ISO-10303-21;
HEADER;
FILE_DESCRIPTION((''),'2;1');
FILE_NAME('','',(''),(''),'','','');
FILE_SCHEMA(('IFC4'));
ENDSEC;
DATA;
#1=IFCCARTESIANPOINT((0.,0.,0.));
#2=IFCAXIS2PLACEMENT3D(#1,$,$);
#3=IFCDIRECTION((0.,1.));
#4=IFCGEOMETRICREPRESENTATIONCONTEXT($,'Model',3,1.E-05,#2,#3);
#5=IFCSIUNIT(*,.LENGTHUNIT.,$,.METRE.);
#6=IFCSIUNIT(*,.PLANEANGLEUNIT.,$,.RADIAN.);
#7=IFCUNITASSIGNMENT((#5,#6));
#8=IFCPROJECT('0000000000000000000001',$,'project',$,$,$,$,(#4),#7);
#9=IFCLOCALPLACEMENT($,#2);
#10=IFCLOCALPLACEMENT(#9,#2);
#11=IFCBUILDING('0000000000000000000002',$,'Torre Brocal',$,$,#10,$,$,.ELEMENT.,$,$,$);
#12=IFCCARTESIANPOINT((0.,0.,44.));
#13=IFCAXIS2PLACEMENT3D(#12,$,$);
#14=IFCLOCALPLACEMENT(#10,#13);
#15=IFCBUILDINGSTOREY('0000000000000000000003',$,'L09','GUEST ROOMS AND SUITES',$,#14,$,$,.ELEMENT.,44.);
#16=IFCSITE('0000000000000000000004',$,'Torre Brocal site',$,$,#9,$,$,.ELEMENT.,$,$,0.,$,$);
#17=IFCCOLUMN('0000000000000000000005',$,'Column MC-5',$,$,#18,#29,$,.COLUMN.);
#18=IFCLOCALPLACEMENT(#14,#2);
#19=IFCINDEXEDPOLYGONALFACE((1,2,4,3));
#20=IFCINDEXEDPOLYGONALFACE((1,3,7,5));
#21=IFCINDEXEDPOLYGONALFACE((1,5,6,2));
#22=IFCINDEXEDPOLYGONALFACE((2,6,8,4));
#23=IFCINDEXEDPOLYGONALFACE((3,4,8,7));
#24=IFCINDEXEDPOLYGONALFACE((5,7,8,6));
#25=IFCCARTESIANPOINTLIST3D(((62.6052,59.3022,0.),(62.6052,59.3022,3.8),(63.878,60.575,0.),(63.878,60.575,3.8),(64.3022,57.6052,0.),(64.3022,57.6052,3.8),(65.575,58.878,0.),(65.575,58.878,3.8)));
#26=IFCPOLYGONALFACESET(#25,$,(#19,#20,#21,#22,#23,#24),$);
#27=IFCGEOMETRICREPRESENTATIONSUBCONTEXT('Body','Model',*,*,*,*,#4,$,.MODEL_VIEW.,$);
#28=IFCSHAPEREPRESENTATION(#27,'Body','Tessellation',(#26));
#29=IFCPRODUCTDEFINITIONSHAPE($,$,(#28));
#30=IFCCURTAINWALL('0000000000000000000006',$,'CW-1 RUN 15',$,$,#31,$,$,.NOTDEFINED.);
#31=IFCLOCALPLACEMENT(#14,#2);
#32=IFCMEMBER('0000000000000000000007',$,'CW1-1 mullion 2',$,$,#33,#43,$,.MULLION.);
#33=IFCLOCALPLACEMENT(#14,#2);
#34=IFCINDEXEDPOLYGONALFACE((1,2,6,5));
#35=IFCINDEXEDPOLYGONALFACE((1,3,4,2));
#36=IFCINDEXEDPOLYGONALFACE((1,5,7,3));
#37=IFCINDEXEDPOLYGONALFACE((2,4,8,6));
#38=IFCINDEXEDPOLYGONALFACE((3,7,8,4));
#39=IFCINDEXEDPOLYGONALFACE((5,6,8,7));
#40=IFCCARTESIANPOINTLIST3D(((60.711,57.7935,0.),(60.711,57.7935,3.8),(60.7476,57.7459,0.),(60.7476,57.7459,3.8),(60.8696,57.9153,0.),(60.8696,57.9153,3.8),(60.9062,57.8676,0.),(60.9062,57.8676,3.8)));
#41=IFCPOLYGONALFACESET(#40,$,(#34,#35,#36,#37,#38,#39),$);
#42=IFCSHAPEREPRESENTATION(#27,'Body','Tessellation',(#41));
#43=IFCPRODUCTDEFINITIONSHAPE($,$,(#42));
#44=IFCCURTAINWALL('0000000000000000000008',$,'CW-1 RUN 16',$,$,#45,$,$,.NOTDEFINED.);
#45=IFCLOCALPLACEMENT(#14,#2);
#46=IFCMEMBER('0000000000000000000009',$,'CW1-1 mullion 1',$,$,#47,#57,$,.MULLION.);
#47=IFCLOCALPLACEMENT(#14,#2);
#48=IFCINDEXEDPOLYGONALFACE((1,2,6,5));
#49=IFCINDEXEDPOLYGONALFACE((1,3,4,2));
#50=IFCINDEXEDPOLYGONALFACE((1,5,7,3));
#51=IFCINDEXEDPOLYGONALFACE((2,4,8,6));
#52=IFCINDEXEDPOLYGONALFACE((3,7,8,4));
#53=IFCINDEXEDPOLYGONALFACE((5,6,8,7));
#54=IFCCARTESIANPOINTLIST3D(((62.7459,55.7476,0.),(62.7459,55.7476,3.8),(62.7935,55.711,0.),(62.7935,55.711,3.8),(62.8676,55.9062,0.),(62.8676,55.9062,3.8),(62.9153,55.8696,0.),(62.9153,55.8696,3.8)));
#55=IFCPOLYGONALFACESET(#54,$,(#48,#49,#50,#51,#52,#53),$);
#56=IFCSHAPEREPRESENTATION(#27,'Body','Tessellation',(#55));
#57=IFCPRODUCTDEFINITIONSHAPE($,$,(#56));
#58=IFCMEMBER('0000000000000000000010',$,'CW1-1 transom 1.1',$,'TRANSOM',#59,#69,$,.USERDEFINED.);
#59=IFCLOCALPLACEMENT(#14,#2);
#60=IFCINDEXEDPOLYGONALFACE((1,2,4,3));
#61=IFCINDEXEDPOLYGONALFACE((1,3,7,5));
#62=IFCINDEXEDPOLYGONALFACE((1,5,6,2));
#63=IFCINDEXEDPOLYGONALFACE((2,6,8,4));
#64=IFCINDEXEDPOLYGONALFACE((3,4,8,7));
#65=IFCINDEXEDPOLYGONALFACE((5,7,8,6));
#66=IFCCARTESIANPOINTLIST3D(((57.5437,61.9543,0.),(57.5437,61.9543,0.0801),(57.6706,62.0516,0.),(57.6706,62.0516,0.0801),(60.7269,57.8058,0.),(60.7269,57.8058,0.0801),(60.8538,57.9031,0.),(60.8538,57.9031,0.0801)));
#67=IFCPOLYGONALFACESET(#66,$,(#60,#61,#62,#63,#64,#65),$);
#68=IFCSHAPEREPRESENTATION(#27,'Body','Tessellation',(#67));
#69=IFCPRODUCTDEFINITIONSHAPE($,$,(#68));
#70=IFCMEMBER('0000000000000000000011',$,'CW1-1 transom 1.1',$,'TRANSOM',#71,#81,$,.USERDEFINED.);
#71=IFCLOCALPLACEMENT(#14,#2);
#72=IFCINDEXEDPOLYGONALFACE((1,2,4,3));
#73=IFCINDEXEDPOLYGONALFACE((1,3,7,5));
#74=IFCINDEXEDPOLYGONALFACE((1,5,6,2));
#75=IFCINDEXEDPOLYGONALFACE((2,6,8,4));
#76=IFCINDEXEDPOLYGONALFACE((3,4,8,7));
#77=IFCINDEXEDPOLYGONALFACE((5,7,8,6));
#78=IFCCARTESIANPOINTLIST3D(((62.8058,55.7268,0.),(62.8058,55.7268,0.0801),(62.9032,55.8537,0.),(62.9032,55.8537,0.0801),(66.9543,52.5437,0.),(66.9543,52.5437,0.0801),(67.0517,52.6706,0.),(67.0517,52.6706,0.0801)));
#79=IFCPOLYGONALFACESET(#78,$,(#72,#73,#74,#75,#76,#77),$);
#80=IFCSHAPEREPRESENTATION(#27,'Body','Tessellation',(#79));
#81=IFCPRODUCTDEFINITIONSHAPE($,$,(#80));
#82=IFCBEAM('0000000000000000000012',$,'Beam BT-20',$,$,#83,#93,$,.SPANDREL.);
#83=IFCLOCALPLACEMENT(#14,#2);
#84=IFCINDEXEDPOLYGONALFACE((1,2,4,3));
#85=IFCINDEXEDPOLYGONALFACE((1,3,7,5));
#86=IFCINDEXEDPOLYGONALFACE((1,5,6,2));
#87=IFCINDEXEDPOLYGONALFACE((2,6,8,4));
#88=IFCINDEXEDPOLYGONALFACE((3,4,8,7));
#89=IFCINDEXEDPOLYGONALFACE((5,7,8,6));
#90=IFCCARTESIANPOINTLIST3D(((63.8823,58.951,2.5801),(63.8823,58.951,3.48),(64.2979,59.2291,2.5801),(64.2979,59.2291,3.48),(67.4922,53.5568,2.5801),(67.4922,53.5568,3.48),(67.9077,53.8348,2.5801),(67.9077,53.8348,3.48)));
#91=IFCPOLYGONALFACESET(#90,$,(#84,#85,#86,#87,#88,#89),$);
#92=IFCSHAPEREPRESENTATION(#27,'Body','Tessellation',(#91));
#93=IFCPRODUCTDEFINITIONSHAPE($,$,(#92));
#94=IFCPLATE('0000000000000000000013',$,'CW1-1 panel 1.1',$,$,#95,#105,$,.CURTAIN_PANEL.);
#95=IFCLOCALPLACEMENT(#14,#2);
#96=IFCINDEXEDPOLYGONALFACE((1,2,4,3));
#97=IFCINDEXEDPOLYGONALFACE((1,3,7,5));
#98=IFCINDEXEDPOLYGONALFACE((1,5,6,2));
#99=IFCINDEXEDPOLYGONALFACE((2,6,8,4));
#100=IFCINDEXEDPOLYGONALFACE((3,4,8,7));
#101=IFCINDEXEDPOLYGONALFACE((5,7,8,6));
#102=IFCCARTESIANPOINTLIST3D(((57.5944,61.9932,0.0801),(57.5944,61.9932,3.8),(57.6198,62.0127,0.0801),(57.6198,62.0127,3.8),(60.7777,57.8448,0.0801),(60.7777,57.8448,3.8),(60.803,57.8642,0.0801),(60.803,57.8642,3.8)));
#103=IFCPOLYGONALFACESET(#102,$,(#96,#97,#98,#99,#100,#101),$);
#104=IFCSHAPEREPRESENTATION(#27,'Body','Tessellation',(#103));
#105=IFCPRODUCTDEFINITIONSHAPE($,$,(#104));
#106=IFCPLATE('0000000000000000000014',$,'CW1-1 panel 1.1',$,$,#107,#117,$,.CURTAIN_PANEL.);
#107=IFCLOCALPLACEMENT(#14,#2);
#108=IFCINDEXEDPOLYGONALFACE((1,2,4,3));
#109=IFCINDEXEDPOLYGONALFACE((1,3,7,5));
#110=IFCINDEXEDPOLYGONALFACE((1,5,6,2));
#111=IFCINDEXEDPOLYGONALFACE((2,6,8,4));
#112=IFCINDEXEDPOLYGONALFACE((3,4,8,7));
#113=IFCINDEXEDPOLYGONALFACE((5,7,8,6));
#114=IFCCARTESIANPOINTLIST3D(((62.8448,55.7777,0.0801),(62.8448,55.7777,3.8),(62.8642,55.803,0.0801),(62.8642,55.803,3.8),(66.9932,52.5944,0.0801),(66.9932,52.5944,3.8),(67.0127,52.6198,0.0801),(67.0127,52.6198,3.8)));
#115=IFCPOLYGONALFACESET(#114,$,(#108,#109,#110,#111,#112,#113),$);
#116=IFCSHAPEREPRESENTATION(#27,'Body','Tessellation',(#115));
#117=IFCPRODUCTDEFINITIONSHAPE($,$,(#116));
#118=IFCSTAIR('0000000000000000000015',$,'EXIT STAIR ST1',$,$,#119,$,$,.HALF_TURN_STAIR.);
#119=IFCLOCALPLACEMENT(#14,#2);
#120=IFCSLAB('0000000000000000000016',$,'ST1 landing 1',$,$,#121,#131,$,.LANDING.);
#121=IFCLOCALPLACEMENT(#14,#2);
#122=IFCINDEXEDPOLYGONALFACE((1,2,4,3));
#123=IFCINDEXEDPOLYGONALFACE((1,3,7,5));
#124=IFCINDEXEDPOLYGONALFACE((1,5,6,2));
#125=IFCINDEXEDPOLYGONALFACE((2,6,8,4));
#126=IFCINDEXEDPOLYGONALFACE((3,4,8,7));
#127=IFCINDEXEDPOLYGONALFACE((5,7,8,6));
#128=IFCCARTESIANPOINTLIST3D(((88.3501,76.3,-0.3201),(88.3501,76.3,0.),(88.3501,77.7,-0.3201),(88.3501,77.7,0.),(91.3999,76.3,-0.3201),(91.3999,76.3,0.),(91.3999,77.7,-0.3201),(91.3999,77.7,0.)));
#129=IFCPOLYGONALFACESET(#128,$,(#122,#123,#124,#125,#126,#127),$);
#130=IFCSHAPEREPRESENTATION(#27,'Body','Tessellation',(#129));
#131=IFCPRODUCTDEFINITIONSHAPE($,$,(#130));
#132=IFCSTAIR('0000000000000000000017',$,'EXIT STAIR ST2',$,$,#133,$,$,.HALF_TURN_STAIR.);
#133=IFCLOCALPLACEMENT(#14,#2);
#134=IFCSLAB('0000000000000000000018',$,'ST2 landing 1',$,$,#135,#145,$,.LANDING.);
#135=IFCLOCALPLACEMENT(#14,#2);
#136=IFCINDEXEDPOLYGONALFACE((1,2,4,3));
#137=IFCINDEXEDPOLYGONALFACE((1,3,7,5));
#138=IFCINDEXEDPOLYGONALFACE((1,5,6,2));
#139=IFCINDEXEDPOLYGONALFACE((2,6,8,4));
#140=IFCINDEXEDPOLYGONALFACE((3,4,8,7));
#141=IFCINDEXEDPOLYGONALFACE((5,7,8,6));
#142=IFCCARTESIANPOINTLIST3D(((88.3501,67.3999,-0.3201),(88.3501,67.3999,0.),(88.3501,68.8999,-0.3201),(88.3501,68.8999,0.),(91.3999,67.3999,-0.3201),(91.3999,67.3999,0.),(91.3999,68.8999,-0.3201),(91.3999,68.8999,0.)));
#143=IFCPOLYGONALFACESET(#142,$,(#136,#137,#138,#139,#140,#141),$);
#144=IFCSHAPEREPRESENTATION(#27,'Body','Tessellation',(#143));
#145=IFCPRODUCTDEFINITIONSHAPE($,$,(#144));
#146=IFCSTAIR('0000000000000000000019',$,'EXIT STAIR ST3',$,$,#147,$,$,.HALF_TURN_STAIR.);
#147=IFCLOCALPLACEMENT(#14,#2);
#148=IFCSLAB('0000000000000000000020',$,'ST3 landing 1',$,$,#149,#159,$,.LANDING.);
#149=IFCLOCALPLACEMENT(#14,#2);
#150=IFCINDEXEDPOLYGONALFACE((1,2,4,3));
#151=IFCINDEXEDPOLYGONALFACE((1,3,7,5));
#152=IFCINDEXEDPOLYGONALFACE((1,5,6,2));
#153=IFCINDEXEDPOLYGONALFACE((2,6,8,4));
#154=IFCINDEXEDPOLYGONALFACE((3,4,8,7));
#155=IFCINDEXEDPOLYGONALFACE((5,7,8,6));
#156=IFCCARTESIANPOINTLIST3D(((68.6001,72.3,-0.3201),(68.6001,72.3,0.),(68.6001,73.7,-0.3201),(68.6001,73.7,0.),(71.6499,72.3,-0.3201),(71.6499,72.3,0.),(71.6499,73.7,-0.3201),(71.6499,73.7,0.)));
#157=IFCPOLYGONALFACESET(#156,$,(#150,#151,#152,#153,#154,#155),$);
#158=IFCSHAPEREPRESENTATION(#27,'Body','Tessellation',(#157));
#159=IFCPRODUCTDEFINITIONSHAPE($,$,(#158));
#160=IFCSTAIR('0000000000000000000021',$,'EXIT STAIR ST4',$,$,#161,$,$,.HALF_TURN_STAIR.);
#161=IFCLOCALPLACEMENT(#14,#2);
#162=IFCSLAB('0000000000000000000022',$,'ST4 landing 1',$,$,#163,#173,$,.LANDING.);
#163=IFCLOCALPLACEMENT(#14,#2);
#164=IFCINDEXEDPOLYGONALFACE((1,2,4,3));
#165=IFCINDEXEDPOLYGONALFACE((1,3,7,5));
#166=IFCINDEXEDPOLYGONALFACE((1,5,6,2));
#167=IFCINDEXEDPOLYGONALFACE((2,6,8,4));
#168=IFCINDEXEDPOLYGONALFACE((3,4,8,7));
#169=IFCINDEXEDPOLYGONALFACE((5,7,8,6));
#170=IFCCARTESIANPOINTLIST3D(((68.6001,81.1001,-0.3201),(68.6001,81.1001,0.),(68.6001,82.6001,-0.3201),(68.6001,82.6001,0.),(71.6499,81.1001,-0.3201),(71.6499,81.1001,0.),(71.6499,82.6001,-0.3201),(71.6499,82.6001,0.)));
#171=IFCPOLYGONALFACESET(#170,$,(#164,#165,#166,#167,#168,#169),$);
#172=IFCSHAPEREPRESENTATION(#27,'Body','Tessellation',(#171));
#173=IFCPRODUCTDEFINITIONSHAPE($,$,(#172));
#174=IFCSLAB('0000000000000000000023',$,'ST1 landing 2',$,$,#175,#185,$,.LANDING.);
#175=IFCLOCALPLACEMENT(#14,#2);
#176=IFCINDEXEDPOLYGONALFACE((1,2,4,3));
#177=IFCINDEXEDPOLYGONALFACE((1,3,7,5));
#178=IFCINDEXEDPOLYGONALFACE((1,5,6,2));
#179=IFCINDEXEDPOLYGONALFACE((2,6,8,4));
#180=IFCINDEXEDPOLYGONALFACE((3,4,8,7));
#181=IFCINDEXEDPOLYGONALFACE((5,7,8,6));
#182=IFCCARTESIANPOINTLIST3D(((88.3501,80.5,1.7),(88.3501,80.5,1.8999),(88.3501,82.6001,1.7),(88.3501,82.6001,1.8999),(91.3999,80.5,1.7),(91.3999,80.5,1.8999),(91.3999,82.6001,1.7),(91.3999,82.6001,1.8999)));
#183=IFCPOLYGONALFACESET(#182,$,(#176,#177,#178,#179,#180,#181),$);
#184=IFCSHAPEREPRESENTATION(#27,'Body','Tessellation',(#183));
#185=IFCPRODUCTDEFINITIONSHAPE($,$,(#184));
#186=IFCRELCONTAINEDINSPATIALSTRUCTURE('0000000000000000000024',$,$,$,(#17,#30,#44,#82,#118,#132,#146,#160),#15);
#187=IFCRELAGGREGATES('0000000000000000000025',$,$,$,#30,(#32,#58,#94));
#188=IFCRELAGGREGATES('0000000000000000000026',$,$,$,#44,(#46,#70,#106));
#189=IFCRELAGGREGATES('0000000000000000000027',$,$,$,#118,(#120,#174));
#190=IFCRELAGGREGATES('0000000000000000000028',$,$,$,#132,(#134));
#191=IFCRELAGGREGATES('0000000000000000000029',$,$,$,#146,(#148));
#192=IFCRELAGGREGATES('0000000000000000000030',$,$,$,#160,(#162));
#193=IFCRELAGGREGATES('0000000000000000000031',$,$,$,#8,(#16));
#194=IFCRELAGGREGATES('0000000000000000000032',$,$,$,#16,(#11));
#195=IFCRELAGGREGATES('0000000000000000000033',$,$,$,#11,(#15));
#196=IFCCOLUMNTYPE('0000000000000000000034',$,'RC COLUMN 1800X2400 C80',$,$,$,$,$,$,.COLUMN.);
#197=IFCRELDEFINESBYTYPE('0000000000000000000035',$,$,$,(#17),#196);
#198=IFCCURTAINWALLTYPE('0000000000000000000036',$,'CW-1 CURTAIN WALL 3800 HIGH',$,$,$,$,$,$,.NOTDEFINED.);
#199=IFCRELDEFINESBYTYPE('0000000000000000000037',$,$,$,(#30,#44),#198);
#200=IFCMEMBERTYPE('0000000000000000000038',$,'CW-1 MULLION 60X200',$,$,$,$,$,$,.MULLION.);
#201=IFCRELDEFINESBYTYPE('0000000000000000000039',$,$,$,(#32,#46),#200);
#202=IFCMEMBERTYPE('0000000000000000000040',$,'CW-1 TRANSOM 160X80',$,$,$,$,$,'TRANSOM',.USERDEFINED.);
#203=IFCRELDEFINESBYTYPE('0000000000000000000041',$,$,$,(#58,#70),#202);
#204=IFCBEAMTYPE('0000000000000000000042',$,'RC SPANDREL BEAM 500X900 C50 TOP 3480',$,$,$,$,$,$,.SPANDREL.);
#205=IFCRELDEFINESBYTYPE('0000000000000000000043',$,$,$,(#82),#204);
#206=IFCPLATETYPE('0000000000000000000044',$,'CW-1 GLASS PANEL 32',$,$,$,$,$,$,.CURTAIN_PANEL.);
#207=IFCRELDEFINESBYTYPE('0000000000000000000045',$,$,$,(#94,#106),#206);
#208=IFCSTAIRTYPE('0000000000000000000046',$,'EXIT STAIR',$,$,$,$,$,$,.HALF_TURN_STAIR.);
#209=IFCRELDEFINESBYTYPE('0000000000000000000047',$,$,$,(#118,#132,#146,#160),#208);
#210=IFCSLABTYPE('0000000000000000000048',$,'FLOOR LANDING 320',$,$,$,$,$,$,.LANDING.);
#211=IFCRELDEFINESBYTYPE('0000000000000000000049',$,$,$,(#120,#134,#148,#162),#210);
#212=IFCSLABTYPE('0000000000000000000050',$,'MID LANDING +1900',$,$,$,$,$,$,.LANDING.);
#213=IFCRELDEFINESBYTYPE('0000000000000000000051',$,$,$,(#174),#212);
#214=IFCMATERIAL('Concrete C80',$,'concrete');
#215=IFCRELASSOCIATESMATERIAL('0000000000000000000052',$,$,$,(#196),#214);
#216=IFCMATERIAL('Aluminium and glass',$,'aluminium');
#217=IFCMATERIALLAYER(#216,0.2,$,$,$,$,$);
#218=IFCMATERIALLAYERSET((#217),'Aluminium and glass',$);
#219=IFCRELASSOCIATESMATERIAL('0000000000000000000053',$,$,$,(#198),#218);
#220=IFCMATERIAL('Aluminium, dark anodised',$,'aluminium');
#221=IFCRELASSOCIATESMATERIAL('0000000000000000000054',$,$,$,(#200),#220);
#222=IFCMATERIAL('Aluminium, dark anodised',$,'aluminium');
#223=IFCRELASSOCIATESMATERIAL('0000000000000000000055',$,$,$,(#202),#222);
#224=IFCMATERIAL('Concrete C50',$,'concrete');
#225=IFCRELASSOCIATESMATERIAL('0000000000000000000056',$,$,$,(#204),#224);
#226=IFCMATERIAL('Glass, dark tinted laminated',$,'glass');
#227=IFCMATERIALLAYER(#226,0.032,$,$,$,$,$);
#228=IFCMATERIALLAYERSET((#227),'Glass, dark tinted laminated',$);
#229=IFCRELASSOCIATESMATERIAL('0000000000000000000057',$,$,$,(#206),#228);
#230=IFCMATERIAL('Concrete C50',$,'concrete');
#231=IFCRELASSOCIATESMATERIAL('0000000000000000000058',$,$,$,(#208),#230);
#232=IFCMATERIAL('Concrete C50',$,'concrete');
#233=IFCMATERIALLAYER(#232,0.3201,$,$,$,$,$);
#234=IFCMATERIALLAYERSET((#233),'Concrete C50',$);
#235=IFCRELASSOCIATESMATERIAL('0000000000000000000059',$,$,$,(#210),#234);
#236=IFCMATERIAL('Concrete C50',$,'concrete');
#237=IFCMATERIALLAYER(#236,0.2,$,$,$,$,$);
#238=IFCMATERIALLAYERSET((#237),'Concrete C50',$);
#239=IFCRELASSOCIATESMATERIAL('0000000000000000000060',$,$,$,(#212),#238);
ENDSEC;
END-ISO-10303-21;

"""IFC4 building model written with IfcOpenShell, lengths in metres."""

from ifc_helpers import new_model, si_unit, direction, frame, origin, origin_2d, place, context, subcontext, project, spatial, polyline, rectangle, outline, extrude, material, layer, layer_set, material_profile, profile_set, type_object, element, aggregate, save


model = new_model("IFC4")

# Units and contexts
model_context = context("Model", 3, precision=1e-05, world=origin(), true_north=direction((0.0, 1.0)))
body_context = subcontext(model_context, "Body", "Model", "MODEL_VIEW")
ifc_project = project(units=[si_unit("LENGTHUNIT", "METRE"), si_unit("PLANEANGLEUNIT", "RADIAN")], contexts=[model_context])

# Site, building, storey
site_placement = place(None, origin())
site = spatial("IfcSite", under=ifc_project, at=site_placement, Name="Torre Brocal site", CompositionType="ELEMENT", RefElevation=0.0)
building_placement = place(site_placement, origin())
building = spatial("IfcBuilding", under=site, at=building_placement, Name="Torre Brocal", CompositionType="ELEMENT")
storey_placement = place(building_placement, frame((0.0, 0.0, 44.0)))
storey = spatial("IfcBuildingStorey", under=building, at=storey_placement, Name="L09", Description="GUEST ROOMS AND SUITES", CompositionType="ELEMENT", Elevation=44.0)

# Column
ifc_material_1 = material(Name="Concrete C80", Category="concrete")
ifc_material_profile_1 = material_profile(ifc_material_1, rectangle(XDim=1.8, YDim=2.3999, at=origin_2d()), Name="RC 1800X2400")
ifc_profile_set_1 = profile_set([ifc_material_profile_1], Name="Concrete C80")
column_type = type_object("IfcColumnType", Name="RC COLUMN 1800X2400 C80", PredefinedType="COLUMN", material=ifc_profile_set_1)
column_placement = place(storey_placement, frame((64.0901, 59.0901, 0.0), z_axis=(0.0, 0.0, 1.0), x_axis=(-0.707107, -0.707107, 0.0)))
element("IfcColumn", 1, at=column_placement, inside=storey, type_object=column_type, Name="Column MC-5", PredefinedType="COLUMN", context=body_context, shape_type="SweptSolid", body=[
    extrude(rectangle(XDim=1.8, YDim=2.3999, at=origin_2d()), origin(), (0.0, 0.0, 1.0), 3.8),
])

# Curtain walls, members
ifc_material_2 = material(Name="Aluminium and glass", Category="aluminium")
ifc_layer_1 = layer(ifc_material_2, 0.2)
ifc_layer_set_1 = layer_set([ifc_layer_1], Name="Aluminium and glass")
curtain_wall_type = type_object("IfcCurtainWallType", Name="CW-1 CURTAIN WALL 3800 HIGH", PredefinedType="NOTDEFINED", material=ifc_layer_set_1)
curtain_wall_1_placement = place(storey_placement, origin())
curtain_wall_1 = element("IfcCurtainWall", 2, at=curtain_wall_1_placement, inside=storey, type_object=curtain_wall_type, Name="CW-1 RUN 15", PredefinedType="NOTDEFINED")
ifc_material_3 = material(Name="Aluminium, dark anodised", Category="aluminium")
ifc_material_profile_2 = material_profile(ifc_material_3, rectangle(XDim=0.2, YDim=0.0601, at=origin_2d()), Name="CW-1 MULLION 60X200")
ifc_profile_set_2 = profile_set([ifc_material_profile_2], Name="Aluminium, dark anodised")
member_type_1 = type_object("IfcMemberType", Name="CW-1 MULLION 60X200", PredefinedType="MULLION", material=ifc_profile_set_2)
member_1_placement = place(storey_placement, frame((60.8086, 57.8306, 0.0), z_axis=(0.0, 0.0, 1.0), x_axis=(0.793353, 0.608761, 0.0)))
member_1 = element("IfcMember", 3, at=member_1_placement, type_object=member_type_1, Name="CW1-1 mullion 2", PredefinedType="MULLION", context=body_context, shape_type="SweptSolid", body=[
    extrude(rectangle(XDim=0.2, YDim=0.0601, at=origin_2d()), origin(), (0.0, 0.0, 1.0), 3.8),
])
curtain_wall_2_placement = place(storey_placement, origin())
curtain_wall_2 = element("IfcCurtainWall", 4, at=curtain_wall_2_placement, inside=storey, type_object=curtain_wall_type, Name="CW-1 RUN 16", PredefinedType="NOTDEFINED")
member_2_placement = place(storey_placement, frame((62.8306, 55.8086, 0.0), z_axis=(0.0, 0.0, 1.0), x_axis=(0.608761, 0.793353, 0.0)))
member_2 = element("IfcMember", 5, at=member_2_placement, type_object=member_type_1, Name="CW1-1 mullion 1", PredefinedType="MULLION", context=body_context, shape_type="SweptSolid", body=[
    extrude(rectangle(XDim=0.2, YDim=0.0601, at=origin_2d()), origin(), (0.0, 0.0, 1.0), 3.8),
])

# Members
ifc_material_4 = material(Name="Aluminium, dark anodised", Category="aluminium")
ifc_material_profile_3 = material_profile(ifc_material_4, rectangle(XDim=0.1599, YDim=0.0801, at=origin_2d()), Name="CW-1 TRANSOM 160X80")
ifc_profile_set_3 = profile_set([ifc_material_profile_3], Name="Aluminium, dark anodised")
member_type_2 = type_object("IfcMemberType", Name="CW-1 TRANSOM 160X80", ElementType="TRANSOM", PredefinedType="USERDEFINED", material=ifc_profile_set_3)
member_3_placement = place(storey_placement, frame((57.6072, 62.0029, 0.04), z_axis=(0.608749, -0.793363, 0.0), x_axis=(0.793363, 0.608749, 0.0)))
member_3 = element("IfcMember", 6, at=member_3_placement, type_object=member_type_2, Name="CW1-1 transom 1.1", ObjectType="TRANSOM", PredefinedType="USERDEFINED", context=body_context, shape_type="SweptSolid", body=[
    extrude(rectangle(XDim=0.1599, YDim=0.0801, at=origin_2d()), origin(), (0.0, 0.0, 1.0), 5.229),
])
member_4_placement = place(storey_placement, frame((62.8545, 55.7903, 0.04), z_axis=(0.793363, -0.608749, 0.0), x_axis=(0.608749, 0.793363, 0.0)))
member_4 = element("IfcMember", 7, at=member_4_placement, type_object=member_type_2, Name="CW1-1 transom 1.1", ObjectType="TRANSOM", PredefinedType="USERDEFINED", context=body_context, shape_type="SweptSolid", body=[
    extrude(rectangle(XDim=0.1599, YDim=0.0801, at=origin_2d()), origin(), (0.0, 0.0, 1.0), 5.229),
])

# Beam
ifc_material_5 = material(Name="Concrete C50", Category="concrete")
ifc_material_profile_4 = material_profile(ifc_material_5, rectangle(XDim=0.5, YDim=0.8999, at=origin_2d()), Name="RC 500X900")
ifc_profile_set_4 = profile_set([ifc_material_profile_4], Name="Concrete C50")
beam_type = type_object("IfcBeamType", Name="RC SPANDREL BEAM 500X900 C50 TOP 3480", PredefinedType="SPANDREL", material=ifc_profile_set_4)
beam_placement = place(storey_placement, frame((64.0901, 59.0901, 3.03), z_axis=(0.556158, -0.831077, 0.0), x_axis=(0.831077, 0.556158, 0.0)))
element("IfcBeam", 8, at=beam_placement, inside=storey, type_object=beam_type, Name="Beam BT-20", PredefinedType="SPANDREL", context=body_context, shape_type="SweptSolid", body=[
    extrude(rectangle(XDim=0.5, YDim=0.8999, at=origin_2d()), origin(), (0.0, 0.0, 1.0), 6.4907),
])

# Plates
ifc_material_6 = material(Name="Glass, dark tinted laminated", Category="glass")
ifc_layer_2 = layer(ifc_material_6, 0.032)
ifc_layer_set_2 = layer_set([ifc_layer_2], Name="Glass, dark tinted laminated")
plate_type = type_object("IfcPlateType", Name="CW-1 GLASS PANEL 32", PredefinedType="CURTAIN_PANEL", material=ifc_layer_set_2)
plate_1_placement = place(storey_placement, frame((59.1987, 59.9287, 0.0801), z_axis=(0.0, 0.0, 1.0), x_axis=(0.608761, -0.793353, 0.0)))
plate_1 = element("IfcPlate", 9, at=plate_1_placement, type_object=plate_type, Name="CW1-1 panel 1.1", PredefinedType="CURTAIN_PANEL", context=body_context, shape_type="SweptSolid", body=[
    extrude(rectangle(XDim=5.229, YDim=0.032, at=origin_2d()), origin(), (0.0, 0.0, 1.0), 3.72),
])
aggregate(curtain_wall_1, [member_1, member_3, plate_1])
plate_2_placement = place(storey_placement, frame((64.9287, 54.1987, 0.0801), z_axis=(0.0, 0.0, 1.0), x_axis=(0.793353, -0.608761, 0.0)))
plate_2 = element("IfcPlate", 10, at=plate_2_placement, type_object=plate_type, Name="CW1-1 panel 1.1", PredefinedType="CURTAIN_PANEL", context=body_context, shape_type="SweptSolid", body=[
    extrude(rectangle(XDim=5.229, YDim=0.032, at=origin_2d()), origin(), (0.0, 0.0, 1.0), 3.72),
])
aggregate(curtain_wall_2, [member_2, member_4, plate_2])

# Stairs, slabs
ifc_material_7 = material(Name="Concrete C50", Category="concrete")
stair_type = type_object("IfcStairType", Name="EXIT STAIR", PredefinedType="HALF_TURN_STAIR", material=ifc_material_7)
stair_1_placement = place(storey_placement, origin())
stair_1 = element("IfcStair", 11, at=stair_1_placement, inside=storey, type_object=stair_type, Name="EXIT STAIR ST1", PredefinedType="HALF_TURN_STAIR")
ifc_material_8 = material(Name="Concrete C50", Category="concrete")
ifc_layer_3 = layer(ifc_material_8, 0.3201)
ifc_layer_set_3 = layer_set([ifc_layer_3], Name="Concrete C50")
slab_type_1 = type_object("IfcSlabType", Name="FLOOR LANDING 320", PredefinedType="LANDING", material=ifc_layer_set_3)
slab_1_placement = place(storey_placement, frame((0.0, 0.0, -0.3201)))
slab_1 = element("IfcSlab", 12, at=slab_1_placement, type_object=slab_type_1, Name="ST1 landing 1", PredefinedType="LANDING", context=body_context, shape_type="SweptSolid", body=[
    extrude(outline(polyline([(88.3501, 76.3), (91.3999, 76.3), (91.3999, 77.7), (88.3501, 77.7), (88.3501, 76.3)])), origin(), (0.0, 0.0, 1.0), 0.3201),
])
stair_2_placement = place(storey_placement, origin())
stair_2 = element("IfcStair", 13, at=stair_2_placement, inside=storey, type_object=stair_type, Name="EXIT STAIR ST2", PredefinedType="HALF_TURN_STAIR")
slab_2_placement = place(storey_placement, frame((0.0, 0.0, -0.3201)))
slab_2 = element("IfcSlab", 14, at=slab_2_placement, type_object=slab_type_1, Name="ST2 landing 1", PredefinedType="LANDING", context=body_context, shape_type="SweptSolid", body=[
    extrude(outline(polyline([(88.3501, 67.3999), (91.3999, 67.3999), (91.3999, 68.8999), (88.3501, 68.8999), (88.3501, 67.3999)])), origin(), (0.0, 0.0, 1.0), 0.3201),
])
stair_3_placement = place(storey_placement, origin())
stair_3 = element("IfcStair", 15, at=stair_3_placement, inside=storey, type_object=stair_type, Name="EXIT STAIR ST3", PredefinedType="HALF_TURN_STAIR")
slab_3_placement = place(storey_placement, frame((0.0, 0.0, -0.3201)))
slab_3 = element("IfcSlab", 16, at=slab_3_placement, type_object=slab_type_1, Name="ST3 landing 1", PredefinedType="LANDING", context=body_context, shape_type="SweptSolid", body=[
    extrude(outline(polyline([(71.6499, 73.7), (68.6001, 73.7), (68.6001, 72.3), (71.6499, 72.3), (71.6499, 73.7)])), origin(), (0.0, 0.0, 1.0), 0.3201),
])
stair_4_placement = place(storey_placement, origin())
stair_4 = element("IfcStair", 17, at=stair_4_placement, inside=storey, type_object=stair_type, Name="EXIT STAIR ST4", PredefinedType="HALF_TURN_STAIR")
slab_4_placement = place(storey_placement, frame((0.0, 0.0, -0.3201)))
slab_4 = element("IfcSlab", 18, at=slab_4_placement, type_object=slab_type_1, Name="ST4 landing 1", PredefinedType="LANDING", context=body_context, shape_type="SweptSolid", body=[
    extrude(outline(polyline([(71.6499, 82.6001), (68.6001, 82.6001), (68.6001, 81.1001), (71.6499, 81.1001), (71.6499, 82.6001)])), origin(), (0.0, 0.0, 1.0), 0.3201),
])

# Slab
ifc_material_9 = material(Name="Concrete C50", Category="concrete")
ifc_layer_4 = layer(ifc_material_9, 0.2)
ifc_layer_set_4 = layer_set([ifc_layer_4], Name="Concrete C50")
slab_type_2 = type_object("IfcSlabType", Name="MID LANDING +1900", PredefinedType="LANDING", material=ifc_layer_set_4)
slab_5_placement = place(storey_placement, frame((0.0, 0.0, 1.7)))
slab_5 = element("IfcSlab", 19, at=slab_5_placement, type_object=slab_type_2, Name="ST1 landing 2", PredefinedType="LANDING", context=body_context, shape_type="SweptSolid", body=[
    extrude(outline(polyline([(88.3501, 80.5), (91.3999, 80.5), (91.3999, 82.6001), (88.3501, 82.6001), (88.3501, 80.5)])), origin(), (0.0, 0.0, 1.0), 0.2),
])
aggregate(stair_1, [slab_1, slab_5])
aggregate(stair_2, [slab_2])
aggregate(stair_3, [slab_3])
aggregate(stair_4, [slab_4])

save(model, "model.ifc")
